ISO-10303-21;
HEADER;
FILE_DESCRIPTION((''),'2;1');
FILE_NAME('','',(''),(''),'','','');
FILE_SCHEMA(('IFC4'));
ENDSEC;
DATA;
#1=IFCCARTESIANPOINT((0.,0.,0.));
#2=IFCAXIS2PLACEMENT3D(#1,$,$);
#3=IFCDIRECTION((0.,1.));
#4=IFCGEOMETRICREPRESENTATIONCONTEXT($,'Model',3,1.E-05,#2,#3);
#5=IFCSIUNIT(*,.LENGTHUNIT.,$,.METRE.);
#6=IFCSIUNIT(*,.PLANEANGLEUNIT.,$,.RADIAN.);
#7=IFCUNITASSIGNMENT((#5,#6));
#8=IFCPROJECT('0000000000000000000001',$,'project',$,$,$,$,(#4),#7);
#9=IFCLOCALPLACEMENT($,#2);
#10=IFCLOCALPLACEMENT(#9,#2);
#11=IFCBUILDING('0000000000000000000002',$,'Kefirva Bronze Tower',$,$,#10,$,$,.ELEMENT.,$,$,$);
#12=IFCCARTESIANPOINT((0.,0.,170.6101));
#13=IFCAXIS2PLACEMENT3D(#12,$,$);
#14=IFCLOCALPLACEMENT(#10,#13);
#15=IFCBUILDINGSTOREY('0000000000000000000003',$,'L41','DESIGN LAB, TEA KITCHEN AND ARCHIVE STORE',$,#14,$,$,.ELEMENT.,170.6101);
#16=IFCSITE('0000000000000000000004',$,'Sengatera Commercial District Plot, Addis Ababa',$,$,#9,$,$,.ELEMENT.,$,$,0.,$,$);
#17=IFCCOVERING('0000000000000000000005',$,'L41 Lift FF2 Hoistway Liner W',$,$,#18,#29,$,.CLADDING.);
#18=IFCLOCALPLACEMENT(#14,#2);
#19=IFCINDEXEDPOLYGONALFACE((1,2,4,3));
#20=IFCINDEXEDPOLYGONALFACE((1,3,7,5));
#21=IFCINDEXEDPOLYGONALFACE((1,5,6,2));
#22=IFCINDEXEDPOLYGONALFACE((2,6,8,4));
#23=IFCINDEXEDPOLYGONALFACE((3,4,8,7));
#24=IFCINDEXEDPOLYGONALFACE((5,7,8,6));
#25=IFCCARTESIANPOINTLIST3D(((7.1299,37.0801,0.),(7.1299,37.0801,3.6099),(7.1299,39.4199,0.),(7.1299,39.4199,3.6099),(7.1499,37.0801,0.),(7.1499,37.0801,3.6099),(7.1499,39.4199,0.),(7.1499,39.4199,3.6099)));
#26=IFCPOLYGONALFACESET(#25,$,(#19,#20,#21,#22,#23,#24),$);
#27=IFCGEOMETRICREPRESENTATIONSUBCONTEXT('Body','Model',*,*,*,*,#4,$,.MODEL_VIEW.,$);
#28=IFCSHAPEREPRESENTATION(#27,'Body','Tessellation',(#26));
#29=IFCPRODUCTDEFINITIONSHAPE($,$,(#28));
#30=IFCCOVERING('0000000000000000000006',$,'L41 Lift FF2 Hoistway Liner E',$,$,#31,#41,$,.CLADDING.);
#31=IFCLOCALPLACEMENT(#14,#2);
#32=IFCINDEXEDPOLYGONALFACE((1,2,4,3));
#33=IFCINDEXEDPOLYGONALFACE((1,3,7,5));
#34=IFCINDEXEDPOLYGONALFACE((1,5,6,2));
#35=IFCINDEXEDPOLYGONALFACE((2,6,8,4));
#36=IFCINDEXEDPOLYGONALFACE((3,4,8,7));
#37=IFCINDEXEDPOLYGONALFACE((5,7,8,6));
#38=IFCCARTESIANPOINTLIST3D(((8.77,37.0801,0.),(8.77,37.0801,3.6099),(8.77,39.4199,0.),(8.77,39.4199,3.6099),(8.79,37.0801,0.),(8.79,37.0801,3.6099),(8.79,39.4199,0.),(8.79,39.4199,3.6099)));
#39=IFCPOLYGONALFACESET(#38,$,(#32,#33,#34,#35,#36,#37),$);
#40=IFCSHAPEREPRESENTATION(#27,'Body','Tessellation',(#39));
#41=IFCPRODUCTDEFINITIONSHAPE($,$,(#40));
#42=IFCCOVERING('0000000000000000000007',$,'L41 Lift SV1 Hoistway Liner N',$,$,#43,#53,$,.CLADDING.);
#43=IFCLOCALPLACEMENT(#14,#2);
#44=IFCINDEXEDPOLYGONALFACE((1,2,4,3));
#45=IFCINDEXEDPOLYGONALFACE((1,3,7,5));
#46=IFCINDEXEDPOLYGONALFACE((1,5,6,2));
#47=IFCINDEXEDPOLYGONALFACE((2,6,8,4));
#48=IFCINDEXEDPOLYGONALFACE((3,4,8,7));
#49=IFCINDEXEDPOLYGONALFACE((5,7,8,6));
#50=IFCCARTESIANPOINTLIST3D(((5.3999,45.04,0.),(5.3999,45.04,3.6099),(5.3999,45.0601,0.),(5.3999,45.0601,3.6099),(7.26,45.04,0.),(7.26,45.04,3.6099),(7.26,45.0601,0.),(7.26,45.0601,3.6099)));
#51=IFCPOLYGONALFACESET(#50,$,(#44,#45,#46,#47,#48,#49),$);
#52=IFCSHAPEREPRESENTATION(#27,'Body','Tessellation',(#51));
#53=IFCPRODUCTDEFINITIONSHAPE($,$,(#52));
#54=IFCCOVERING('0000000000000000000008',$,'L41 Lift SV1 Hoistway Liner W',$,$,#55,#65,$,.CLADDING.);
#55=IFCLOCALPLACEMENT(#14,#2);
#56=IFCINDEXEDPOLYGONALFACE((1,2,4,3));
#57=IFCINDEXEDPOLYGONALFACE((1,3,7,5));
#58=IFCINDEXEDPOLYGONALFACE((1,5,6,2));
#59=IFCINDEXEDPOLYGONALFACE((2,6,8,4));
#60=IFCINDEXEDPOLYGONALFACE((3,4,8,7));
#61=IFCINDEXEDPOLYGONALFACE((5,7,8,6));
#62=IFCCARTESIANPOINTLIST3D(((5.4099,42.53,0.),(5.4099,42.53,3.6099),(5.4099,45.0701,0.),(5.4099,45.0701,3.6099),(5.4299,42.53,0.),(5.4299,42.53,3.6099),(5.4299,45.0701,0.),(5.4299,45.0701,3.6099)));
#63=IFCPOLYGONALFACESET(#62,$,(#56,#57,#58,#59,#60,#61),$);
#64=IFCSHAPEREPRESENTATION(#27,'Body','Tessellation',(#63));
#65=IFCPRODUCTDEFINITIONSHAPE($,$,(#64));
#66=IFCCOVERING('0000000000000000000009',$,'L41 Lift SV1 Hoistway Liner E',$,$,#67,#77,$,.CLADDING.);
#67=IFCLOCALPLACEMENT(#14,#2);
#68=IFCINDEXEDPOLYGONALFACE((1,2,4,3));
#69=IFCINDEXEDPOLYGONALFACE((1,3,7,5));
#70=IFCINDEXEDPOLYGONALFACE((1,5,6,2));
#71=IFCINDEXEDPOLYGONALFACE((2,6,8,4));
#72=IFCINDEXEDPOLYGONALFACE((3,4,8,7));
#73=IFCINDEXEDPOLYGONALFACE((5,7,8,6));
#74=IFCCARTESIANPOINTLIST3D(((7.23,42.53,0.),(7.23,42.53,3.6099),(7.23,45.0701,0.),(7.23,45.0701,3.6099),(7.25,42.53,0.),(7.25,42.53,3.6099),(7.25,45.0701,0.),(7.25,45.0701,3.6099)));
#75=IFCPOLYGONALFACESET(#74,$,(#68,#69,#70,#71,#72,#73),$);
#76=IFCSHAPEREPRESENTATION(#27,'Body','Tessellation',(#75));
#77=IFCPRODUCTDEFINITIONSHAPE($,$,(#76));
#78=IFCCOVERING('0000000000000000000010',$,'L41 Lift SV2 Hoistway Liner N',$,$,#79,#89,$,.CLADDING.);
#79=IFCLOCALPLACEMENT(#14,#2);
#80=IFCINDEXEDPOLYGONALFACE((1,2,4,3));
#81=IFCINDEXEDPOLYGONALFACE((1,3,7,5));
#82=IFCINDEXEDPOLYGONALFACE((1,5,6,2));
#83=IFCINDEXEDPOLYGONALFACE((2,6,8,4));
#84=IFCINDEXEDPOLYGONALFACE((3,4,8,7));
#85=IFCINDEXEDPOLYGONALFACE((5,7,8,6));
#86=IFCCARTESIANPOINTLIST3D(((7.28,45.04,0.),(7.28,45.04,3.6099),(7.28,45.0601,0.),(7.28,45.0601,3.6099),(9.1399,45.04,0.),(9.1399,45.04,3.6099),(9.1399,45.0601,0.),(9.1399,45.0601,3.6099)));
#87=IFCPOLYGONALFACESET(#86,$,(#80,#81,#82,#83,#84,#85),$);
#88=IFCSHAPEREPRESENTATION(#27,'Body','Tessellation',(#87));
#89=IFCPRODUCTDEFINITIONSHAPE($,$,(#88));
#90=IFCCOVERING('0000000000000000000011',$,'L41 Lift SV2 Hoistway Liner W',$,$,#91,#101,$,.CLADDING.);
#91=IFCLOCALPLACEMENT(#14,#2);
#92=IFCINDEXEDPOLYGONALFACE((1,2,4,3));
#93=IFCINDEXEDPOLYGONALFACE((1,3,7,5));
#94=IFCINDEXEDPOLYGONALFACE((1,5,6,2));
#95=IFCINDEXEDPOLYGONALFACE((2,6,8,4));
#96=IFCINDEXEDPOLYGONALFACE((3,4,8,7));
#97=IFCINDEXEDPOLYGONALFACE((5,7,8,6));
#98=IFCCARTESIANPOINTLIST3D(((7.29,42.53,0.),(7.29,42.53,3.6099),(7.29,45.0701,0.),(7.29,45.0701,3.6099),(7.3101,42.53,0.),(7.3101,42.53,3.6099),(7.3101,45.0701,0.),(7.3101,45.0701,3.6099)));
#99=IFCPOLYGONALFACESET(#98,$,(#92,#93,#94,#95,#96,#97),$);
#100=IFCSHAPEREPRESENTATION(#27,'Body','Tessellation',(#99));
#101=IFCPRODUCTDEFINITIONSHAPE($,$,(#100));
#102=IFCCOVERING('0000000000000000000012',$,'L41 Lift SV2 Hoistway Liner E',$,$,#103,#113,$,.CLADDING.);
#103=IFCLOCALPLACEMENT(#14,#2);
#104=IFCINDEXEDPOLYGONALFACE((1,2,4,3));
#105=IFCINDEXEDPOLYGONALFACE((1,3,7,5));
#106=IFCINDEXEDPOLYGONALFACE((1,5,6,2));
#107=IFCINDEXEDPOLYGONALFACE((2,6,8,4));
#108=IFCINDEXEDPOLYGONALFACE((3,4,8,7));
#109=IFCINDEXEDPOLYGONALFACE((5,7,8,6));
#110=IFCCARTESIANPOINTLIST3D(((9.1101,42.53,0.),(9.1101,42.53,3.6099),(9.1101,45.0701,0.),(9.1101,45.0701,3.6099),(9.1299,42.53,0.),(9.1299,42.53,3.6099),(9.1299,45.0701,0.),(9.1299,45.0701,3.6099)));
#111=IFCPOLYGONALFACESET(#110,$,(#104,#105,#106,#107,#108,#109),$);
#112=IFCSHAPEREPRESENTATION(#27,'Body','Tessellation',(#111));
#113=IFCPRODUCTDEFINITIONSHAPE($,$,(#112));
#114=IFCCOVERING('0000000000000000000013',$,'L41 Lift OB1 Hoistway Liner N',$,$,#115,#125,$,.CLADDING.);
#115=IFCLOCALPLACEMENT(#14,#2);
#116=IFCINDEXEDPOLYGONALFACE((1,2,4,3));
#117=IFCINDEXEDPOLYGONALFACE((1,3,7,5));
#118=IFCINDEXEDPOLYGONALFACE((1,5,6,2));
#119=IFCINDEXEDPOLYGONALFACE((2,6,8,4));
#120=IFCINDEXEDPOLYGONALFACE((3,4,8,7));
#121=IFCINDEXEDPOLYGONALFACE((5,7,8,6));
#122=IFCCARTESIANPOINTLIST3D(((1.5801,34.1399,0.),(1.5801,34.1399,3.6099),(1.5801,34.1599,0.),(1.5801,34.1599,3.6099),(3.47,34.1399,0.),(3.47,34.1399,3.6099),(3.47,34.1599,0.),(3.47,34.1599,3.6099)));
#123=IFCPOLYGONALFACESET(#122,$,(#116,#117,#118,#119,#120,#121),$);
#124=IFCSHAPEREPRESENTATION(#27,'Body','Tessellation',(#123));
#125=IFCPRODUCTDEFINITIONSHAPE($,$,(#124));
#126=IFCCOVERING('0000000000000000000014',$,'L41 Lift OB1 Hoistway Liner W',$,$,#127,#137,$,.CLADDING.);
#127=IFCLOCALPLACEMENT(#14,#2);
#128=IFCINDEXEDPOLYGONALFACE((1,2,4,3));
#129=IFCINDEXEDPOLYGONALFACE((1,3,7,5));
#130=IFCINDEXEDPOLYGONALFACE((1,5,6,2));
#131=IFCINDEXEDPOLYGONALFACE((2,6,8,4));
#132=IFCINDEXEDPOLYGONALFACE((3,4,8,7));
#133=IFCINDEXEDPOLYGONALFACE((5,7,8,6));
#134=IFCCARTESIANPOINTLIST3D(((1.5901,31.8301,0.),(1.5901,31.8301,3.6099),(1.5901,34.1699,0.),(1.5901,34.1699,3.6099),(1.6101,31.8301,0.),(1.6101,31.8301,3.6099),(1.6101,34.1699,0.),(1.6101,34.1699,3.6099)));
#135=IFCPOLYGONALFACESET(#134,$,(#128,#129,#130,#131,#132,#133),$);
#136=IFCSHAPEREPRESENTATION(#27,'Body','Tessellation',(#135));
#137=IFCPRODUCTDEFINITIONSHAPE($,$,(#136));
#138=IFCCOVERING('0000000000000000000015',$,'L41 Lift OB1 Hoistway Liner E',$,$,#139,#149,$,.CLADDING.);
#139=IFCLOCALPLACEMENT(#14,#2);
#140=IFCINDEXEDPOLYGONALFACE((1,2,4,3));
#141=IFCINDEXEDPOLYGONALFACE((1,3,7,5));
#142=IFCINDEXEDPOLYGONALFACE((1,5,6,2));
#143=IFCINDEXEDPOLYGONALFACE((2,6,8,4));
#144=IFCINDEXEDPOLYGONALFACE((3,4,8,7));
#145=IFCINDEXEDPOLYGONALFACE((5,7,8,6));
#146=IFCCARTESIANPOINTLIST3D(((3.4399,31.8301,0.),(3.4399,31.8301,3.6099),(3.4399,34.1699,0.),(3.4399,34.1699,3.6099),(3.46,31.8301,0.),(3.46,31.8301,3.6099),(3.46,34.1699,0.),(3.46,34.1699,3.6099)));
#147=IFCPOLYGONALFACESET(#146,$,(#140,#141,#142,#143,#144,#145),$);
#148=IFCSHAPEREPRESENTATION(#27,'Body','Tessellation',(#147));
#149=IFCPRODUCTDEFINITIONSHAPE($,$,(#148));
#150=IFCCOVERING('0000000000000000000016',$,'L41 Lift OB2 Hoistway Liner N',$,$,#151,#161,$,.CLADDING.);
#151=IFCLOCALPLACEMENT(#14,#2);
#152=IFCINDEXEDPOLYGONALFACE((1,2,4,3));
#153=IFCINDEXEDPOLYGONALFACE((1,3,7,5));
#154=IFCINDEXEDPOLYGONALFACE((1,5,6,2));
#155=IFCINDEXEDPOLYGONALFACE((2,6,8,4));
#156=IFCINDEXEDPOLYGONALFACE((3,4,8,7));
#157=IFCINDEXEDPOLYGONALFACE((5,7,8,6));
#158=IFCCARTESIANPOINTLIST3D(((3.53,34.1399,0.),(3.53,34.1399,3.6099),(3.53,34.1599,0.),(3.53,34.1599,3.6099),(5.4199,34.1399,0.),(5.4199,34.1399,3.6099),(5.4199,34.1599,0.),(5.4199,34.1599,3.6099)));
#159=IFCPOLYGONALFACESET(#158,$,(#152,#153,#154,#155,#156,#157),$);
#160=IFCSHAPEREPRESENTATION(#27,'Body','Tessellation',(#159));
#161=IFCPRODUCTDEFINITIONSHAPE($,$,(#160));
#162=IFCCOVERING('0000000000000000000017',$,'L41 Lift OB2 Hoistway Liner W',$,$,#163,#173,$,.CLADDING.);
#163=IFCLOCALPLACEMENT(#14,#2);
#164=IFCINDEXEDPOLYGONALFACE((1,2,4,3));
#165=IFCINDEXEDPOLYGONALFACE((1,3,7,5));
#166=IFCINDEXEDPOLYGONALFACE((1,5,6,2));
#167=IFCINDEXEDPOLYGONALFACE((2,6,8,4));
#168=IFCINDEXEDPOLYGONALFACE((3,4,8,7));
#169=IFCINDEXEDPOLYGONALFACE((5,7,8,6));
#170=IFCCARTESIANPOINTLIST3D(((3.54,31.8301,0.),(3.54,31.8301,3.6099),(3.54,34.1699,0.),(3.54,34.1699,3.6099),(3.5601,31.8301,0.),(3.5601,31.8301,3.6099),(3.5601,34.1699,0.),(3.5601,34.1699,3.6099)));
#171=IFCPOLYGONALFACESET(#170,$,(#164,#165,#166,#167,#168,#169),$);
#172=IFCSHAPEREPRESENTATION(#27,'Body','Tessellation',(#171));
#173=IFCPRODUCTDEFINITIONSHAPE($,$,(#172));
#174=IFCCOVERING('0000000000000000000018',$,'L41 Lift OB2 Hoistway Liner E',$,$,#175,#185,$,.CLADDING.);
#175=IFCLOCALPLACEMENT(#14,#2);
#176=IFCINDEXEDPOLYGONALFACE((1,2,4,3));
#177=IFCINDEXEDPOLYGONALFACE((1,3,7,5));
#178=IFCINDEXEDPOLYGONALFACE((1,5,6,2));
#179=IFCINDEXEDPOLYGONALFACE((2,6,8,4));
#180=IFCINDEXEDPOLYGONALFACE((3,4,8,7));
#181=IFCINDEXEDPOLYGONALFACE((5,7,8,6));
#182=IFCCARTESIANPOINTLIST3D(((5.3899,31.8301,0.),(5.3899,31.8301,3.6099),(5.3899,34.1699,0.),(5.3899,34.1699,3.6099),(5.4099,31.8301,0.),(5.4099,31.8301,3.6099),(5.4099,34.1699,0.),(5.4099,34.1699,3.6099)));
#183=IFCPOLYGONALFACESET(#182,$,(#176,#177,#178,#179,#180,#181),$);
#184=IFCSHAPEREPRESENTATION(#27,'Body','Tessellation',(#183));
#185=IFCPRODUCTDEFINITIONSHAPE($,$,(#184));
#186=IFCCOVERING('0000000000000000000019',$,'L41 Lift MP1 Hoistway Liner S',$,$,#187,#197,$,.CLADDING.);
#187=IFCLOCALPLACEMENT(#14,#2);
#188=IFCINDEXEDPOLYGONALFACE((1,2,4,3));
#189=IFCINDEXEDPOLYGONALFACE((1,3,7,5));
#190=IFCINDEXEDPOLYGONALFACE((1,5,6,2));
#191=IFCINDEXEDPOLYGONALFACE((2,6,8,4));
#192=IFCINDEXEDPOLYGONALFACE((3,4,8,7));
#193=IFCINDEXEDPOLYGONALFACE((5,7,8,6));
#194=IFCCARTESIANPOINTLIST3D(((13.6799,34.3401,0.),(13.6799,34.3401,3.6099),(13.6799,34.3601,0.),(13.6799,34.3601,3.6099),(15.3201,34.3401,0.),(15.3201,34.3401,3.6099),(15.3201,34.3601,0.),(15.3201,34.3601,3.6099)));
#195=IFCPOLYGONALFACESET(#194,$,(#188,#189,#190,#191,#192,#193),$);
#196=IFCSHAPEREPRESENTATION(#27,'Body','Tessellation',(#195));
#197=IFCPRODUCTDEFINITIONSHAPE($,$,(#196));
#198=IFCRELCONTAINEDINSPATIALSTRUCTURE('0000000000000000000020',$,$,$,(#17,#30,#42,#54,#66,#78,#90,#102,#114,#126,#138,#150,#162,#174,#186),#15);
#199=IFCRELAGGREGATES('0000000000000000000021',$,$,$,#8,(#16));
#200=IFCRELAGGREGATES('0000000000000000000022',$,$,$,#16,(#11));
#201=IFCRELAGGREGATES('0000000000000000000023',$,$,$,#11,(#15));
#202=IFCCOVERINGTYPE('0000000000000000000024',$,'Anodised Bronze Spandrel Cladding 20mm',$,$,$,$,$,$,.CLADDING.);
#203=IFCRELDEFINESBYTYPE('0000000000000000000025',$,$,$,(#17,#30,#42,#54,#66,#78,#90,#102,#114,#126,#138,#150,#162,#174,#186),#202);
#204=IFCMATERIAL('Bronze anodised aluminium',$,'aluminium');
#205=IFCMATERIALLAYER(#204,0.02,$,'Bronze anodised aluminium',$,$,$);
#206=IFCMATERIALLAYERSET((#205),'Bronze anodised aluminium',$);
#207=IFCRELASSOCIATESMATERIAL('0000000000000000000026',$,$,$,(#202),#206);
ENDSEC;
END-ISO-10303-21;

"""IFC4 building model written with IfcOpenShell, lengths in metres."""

from ifc_helpers import new_model, si_unit, direction, frame, origin, place, context, subcontext, project, spatial, polyline, outline, extrude, material, layer, layer_set, type_object, element, save


model = new_model("IFC4")

# Units and contexts
model_context = context("Model", 3, precision=1e-05, world=origin(), true_north=direction((0.0, 1.0)))
body_context = subcontext(model_context, "Body", "Model", "MODEL_VIEW")
ifc_project = project(units=[si_unit("LENGTHUNIT", "METRE"), si_unit("PLANEANGLEUNIT", "RADIAN")], contexts=[model_context])

# Site, building, storey
site_placement = place(None, origin())
site = spatial("IfcSite", under=ifc_project, at=site_placement, Name="Sengatera Commercial District Plot, Addis Ababa", CompositionType="ELEMENT", RefElevation=0.0)
building_placement = place(site_placement, origin())
building = spatial("IfcBuilding", under=site, at=building_placement, Name="Kefirva Bronze Tower", CompositionType="ELEMENT")
storey_placement = place(building_placement, frame((0.0, 0.0, 170.6101)))
storey = spatial("IfcBuildingStorey", under=building, at=storey_placement, Name="L41", Description="DESIGN LAB, TEA KITCHEN AND ARCHIVE STORE", CompositionType="ELEMENT", Elevation=170.6101)

# Coverings
ifc_material_1 = material(Name="Bronze anodised aluminium", Category="aluminium")
ifc_layer_1 = layer(ifc_material_1, 0.02, Name="Bronze anodised aluminium")
ifc_layer_set_1 = layer_set([ifc_layer_1], Name="Bronze anodised aluminium")
covering_type = type_object("IfcCoveringType", Name="Anodised Bronze Spandrel Cladding 20mm", PredefinedType="CLADDING", material=ifc_layer_set_1)
covering_1_placement = place(storey_placement, origin())
element("IfcCovering", 1, at=covering_1_placement, inside=storey, type_object=covering_type, Name="L41 Lift FF2 Hoistway Liner W", PredefinedType="CLADDING", context=body_context, shape_type="SweptSolid", body=[
    extrude(outline(polyline([(7.1299, 37.0801), (7.1499, 37.0801), (7.1499, 39.4199), (7.1299, 39.4199), (7.1299, 37.0801)])), origin(), (0.0, 0.0, 1.0), 3.6099),
])
covering_2_placement = place(storey_placement, origin())
element("IfcCovering", 2, at=covering_2_placement, inside=storey, type_object=covering_type, Name="L41 Lift FF2 Hoistway Liner E", PredefinedType="CLADDING", context=body_context, shape_type="SweptSolid", body=[
    extrude(outline(polyline([(8.77, 37.0801), (8.79, 37.0801), (8.79, 39.4199), (8.77, 39.4199), (8.77, 37.0801)])), origin(), (0.0, 0.0, 1.0), 3.6099),
])
covering_3_placement = place(storey_placement, origin())
element("IfcCovering", 3, at=covering_3_placement, inside=storey, type_object=covering_type, Name="L41 Lift SV1 Hoistway Liner N", PredefinedType="CLADDING", context=body_context, shape_type="SweptSolid", body=[
    extrude(outline(polyline([(5.3999, 45.04), (7.26, 45.04), (7.26, 45.0601), (5.3999, 45.0601), (5.3999, 45.04)])), origin(), (0.0, 0.0, 1.0), 3.6099),
])
covering_4_placement = place(storey_placement, origin())
element("IfcCovering", 4, at=covering_4_placement, inside=storey, type_object=covering_type, Name="L41 Lift SV1 Hoistway Liner W", PredefinedType="CLADDING", context=body_context, shape_type="SweptSolid", body=[
    extrude(outline(polyline([(5.4099, 42.53), (5.4299, 42.53), (5.4299, 45.0701), (5.4099, 45.0701), (5.4099, 42.53)])), origin(), (0.0, 0.0, 1.0), 3.6099),
])
covering_5_placement = place(storey_placement, origin())
element("IfcCovering", 5, at=covering_5_placement, inside=storey, type_object=covering_type, Name="L41 Lift SV1 Hoistway Liner E", PredefinedType="CLADDING", context=body_context, shape_type="SweptSolid", body=[
    extrude(outline(polyline([(7.23, 42.53), (7.25, 42.53), (7.25, 45.0701), (7.23, 45.0701), (7.23, 42.53)])), origin(), (0.0, 0.0, 1.0), 3.6099),
])
covering_6_placement = place(storey_placement, origin())
element("IfcCovering", 6, at=covering_6_placement, inside=storey, type_object=covering_type, Name="L41 Lift SV2 Hoistway Liner N", PredefinedType="CLADDING", context=body_context, shape_type="SweptSolid", body=[
    extrude(outline(polyline([(7.28, 45.04), (9.1399, 45.04), (9.1399, 45.0601), (7.28, 45.0601), (7.28, 45.04)])), origin(), (0.0, 0.0, 1.0), 3.6099),
])
covering_7_placement = place(storey_placement, origin())
element("IfcCovering", 7, at=covering_7_placement, inside=storey, type_object=covering_type, Name="L41 Lift SV2 Hoistway Liner W", PredefinedType="CLADDING", context=body_context, shape_type="SweptSolid", body=[
    extrude(outline(polyline([(7.29, 42.53), (7.3101, 42.53), (7.3101, 45.0701), (7.29, 45.0701), (7.29, 42.53)])), origin(), (0.0, 0.0, 1.0), 3.6099),
])
covering_8_placement = place(storey_placement, origin())
element("IfcCovering", 8, at=covering_8_placement, inside=storey, type_object=covering_type, Name="L41 Lift SV2 Hoistway Liner E", PredefinedType="CLADDING", context=body_context, shape_type="SweptSolid", body=[
    extrude(outline(polyline([(9.1101, 42.53), (9.1299, 42.53), (9.1299, 45.0701), (9.1101, 45.0701), (9.1101, 42.53)])), origin(), (0.0, 0.0, 1.0), 3.6099),
])
covering_9_placement = place(storey_placement, origin())
element("IfcCovering", 9, at=covering_9_placement, inside=storey, type_object=covering_type, Name="L41 Lift OB1 Hoistway Liner N", PredefinedType="CLADDING", context=body_context, shape_type="SweptSolid", body=[
    extrude(outline(polyline([(1.5801, 34.1399), (3.47, 34.1399), (3.47, 34.1599), (1.5801, 34.1599), (1.5801, 34.1399)])), origin(), (0.0, 0.0, 1.0), 3.6099),
])
covering_10_placement = place(storey_placement, origin())
element("IfcCovering", 10, at=covering_10_placement, inside=storey, type_object=covering_type, Name="L41 Lift OB1 Hoistway Liner W", PredefinedType="CLADDING", context=body_context, shape_type="SweptSolid", body=[
    extrude(outline(polyline([(1.5901, 31.8301), (1.6101, 31.8301), (1.6101, 34.1699), (1.5901, 34.1699), (1.5901, 31.8301)])), origin(), (0.0, 0.0, 1.0), 3.6099),
])
covering_11_placement = place(storey_placement, origin())
element("IfcCovering", 11, at=covering_11_placement, inside=storey, type_object=covering_type, Name="L41 Lift OB1 Hoistway Liner E", PredefinedType="CLADDING", context=body_context, shape_type="SweptSolid", body=[
    extrude(outline(polyline([(3.4399, 31.8301), (3.46, 31.8301), (3.46, 34.1699), (3.4399, 34.1699), (3.4399, 31.8301)])), origin(), (0.0, 0.0, 1.0), 3.6099),
])
covering_12_placement = place(storey_placement, origin())
element("IfcCovering", 12, at=covering_12_placement, inside=storey, type_object=covering_type, Name="L41 Lift OB2 Hoistway Liner N", PredefinedType="CLADDING", context=body_context, shape_type="SweptSolid", body=[
    extrude(outline(polyline([(3.53, 34.1399), (5.4199, 34.1399), (5.4199, 34.1599), (3.53, 34.1599), (3.53, 34.1399)])), origin(), (0.0, 0.0, 1.0), 3.6099),
])
covering_13_placement = place(storey_placement, origin())
element("IfcCovering", 13, at=covering_13_placement, inside=storey, type_object=covering_type, Name="L41 Lift OB2 Hoistway Liner W", PredefinedType="CLADDING", context=body_context, shape_type="SweptSolid", body=[
    extrude(outline(polyline([(3.54, 31.8301), (3.5601, 31.8301), (3.5601, 34.1699), (3.54, 34.1699), (3.54, 31.8301)])), origin(), (0.0, 0.0, 1.0), 3.6099),
])
covering_14_placement = place(storey_placement, origin())
element("IfcCovering", 14, at=covering_14_placement, inside=storey, type_object=covering_type, Name="L41 Lift OB2 Hoistway Liner E", PredefinedType="CLADDING", context=body_context, shape_type="SweptSolid", body=[
    extrude(outline(polyline([(5.3899, 31.8301), (5.4099, 31.8301), (5.4099, 34.1699), (5.3899, 34.1699), (5.3899, 31.8301)])), origin(), (0.0, 0.0, 1.0), 3.6099),
])
covering_15_placement = place(storey_placement, origin())
element("IfcCovering", 15, at=covering_15_placement, inside=storey, type_object=covering_type, Name="L41 Lift MP1 Hoistway Liner S", PredefinedType="CLADDING", context=body_context, shape_type="SweptSolid", body=[
    extrude(outline(polyline([(13.6799, 34.3401), (15.3201, 34.3401), (15.3201, 34.3601), (13.6799, 34.3601), (13.6799, 34.3401)])), origin(), (0.0, 0.0, 1.0), 3.6099),
])

save(model, "model.ifc")
